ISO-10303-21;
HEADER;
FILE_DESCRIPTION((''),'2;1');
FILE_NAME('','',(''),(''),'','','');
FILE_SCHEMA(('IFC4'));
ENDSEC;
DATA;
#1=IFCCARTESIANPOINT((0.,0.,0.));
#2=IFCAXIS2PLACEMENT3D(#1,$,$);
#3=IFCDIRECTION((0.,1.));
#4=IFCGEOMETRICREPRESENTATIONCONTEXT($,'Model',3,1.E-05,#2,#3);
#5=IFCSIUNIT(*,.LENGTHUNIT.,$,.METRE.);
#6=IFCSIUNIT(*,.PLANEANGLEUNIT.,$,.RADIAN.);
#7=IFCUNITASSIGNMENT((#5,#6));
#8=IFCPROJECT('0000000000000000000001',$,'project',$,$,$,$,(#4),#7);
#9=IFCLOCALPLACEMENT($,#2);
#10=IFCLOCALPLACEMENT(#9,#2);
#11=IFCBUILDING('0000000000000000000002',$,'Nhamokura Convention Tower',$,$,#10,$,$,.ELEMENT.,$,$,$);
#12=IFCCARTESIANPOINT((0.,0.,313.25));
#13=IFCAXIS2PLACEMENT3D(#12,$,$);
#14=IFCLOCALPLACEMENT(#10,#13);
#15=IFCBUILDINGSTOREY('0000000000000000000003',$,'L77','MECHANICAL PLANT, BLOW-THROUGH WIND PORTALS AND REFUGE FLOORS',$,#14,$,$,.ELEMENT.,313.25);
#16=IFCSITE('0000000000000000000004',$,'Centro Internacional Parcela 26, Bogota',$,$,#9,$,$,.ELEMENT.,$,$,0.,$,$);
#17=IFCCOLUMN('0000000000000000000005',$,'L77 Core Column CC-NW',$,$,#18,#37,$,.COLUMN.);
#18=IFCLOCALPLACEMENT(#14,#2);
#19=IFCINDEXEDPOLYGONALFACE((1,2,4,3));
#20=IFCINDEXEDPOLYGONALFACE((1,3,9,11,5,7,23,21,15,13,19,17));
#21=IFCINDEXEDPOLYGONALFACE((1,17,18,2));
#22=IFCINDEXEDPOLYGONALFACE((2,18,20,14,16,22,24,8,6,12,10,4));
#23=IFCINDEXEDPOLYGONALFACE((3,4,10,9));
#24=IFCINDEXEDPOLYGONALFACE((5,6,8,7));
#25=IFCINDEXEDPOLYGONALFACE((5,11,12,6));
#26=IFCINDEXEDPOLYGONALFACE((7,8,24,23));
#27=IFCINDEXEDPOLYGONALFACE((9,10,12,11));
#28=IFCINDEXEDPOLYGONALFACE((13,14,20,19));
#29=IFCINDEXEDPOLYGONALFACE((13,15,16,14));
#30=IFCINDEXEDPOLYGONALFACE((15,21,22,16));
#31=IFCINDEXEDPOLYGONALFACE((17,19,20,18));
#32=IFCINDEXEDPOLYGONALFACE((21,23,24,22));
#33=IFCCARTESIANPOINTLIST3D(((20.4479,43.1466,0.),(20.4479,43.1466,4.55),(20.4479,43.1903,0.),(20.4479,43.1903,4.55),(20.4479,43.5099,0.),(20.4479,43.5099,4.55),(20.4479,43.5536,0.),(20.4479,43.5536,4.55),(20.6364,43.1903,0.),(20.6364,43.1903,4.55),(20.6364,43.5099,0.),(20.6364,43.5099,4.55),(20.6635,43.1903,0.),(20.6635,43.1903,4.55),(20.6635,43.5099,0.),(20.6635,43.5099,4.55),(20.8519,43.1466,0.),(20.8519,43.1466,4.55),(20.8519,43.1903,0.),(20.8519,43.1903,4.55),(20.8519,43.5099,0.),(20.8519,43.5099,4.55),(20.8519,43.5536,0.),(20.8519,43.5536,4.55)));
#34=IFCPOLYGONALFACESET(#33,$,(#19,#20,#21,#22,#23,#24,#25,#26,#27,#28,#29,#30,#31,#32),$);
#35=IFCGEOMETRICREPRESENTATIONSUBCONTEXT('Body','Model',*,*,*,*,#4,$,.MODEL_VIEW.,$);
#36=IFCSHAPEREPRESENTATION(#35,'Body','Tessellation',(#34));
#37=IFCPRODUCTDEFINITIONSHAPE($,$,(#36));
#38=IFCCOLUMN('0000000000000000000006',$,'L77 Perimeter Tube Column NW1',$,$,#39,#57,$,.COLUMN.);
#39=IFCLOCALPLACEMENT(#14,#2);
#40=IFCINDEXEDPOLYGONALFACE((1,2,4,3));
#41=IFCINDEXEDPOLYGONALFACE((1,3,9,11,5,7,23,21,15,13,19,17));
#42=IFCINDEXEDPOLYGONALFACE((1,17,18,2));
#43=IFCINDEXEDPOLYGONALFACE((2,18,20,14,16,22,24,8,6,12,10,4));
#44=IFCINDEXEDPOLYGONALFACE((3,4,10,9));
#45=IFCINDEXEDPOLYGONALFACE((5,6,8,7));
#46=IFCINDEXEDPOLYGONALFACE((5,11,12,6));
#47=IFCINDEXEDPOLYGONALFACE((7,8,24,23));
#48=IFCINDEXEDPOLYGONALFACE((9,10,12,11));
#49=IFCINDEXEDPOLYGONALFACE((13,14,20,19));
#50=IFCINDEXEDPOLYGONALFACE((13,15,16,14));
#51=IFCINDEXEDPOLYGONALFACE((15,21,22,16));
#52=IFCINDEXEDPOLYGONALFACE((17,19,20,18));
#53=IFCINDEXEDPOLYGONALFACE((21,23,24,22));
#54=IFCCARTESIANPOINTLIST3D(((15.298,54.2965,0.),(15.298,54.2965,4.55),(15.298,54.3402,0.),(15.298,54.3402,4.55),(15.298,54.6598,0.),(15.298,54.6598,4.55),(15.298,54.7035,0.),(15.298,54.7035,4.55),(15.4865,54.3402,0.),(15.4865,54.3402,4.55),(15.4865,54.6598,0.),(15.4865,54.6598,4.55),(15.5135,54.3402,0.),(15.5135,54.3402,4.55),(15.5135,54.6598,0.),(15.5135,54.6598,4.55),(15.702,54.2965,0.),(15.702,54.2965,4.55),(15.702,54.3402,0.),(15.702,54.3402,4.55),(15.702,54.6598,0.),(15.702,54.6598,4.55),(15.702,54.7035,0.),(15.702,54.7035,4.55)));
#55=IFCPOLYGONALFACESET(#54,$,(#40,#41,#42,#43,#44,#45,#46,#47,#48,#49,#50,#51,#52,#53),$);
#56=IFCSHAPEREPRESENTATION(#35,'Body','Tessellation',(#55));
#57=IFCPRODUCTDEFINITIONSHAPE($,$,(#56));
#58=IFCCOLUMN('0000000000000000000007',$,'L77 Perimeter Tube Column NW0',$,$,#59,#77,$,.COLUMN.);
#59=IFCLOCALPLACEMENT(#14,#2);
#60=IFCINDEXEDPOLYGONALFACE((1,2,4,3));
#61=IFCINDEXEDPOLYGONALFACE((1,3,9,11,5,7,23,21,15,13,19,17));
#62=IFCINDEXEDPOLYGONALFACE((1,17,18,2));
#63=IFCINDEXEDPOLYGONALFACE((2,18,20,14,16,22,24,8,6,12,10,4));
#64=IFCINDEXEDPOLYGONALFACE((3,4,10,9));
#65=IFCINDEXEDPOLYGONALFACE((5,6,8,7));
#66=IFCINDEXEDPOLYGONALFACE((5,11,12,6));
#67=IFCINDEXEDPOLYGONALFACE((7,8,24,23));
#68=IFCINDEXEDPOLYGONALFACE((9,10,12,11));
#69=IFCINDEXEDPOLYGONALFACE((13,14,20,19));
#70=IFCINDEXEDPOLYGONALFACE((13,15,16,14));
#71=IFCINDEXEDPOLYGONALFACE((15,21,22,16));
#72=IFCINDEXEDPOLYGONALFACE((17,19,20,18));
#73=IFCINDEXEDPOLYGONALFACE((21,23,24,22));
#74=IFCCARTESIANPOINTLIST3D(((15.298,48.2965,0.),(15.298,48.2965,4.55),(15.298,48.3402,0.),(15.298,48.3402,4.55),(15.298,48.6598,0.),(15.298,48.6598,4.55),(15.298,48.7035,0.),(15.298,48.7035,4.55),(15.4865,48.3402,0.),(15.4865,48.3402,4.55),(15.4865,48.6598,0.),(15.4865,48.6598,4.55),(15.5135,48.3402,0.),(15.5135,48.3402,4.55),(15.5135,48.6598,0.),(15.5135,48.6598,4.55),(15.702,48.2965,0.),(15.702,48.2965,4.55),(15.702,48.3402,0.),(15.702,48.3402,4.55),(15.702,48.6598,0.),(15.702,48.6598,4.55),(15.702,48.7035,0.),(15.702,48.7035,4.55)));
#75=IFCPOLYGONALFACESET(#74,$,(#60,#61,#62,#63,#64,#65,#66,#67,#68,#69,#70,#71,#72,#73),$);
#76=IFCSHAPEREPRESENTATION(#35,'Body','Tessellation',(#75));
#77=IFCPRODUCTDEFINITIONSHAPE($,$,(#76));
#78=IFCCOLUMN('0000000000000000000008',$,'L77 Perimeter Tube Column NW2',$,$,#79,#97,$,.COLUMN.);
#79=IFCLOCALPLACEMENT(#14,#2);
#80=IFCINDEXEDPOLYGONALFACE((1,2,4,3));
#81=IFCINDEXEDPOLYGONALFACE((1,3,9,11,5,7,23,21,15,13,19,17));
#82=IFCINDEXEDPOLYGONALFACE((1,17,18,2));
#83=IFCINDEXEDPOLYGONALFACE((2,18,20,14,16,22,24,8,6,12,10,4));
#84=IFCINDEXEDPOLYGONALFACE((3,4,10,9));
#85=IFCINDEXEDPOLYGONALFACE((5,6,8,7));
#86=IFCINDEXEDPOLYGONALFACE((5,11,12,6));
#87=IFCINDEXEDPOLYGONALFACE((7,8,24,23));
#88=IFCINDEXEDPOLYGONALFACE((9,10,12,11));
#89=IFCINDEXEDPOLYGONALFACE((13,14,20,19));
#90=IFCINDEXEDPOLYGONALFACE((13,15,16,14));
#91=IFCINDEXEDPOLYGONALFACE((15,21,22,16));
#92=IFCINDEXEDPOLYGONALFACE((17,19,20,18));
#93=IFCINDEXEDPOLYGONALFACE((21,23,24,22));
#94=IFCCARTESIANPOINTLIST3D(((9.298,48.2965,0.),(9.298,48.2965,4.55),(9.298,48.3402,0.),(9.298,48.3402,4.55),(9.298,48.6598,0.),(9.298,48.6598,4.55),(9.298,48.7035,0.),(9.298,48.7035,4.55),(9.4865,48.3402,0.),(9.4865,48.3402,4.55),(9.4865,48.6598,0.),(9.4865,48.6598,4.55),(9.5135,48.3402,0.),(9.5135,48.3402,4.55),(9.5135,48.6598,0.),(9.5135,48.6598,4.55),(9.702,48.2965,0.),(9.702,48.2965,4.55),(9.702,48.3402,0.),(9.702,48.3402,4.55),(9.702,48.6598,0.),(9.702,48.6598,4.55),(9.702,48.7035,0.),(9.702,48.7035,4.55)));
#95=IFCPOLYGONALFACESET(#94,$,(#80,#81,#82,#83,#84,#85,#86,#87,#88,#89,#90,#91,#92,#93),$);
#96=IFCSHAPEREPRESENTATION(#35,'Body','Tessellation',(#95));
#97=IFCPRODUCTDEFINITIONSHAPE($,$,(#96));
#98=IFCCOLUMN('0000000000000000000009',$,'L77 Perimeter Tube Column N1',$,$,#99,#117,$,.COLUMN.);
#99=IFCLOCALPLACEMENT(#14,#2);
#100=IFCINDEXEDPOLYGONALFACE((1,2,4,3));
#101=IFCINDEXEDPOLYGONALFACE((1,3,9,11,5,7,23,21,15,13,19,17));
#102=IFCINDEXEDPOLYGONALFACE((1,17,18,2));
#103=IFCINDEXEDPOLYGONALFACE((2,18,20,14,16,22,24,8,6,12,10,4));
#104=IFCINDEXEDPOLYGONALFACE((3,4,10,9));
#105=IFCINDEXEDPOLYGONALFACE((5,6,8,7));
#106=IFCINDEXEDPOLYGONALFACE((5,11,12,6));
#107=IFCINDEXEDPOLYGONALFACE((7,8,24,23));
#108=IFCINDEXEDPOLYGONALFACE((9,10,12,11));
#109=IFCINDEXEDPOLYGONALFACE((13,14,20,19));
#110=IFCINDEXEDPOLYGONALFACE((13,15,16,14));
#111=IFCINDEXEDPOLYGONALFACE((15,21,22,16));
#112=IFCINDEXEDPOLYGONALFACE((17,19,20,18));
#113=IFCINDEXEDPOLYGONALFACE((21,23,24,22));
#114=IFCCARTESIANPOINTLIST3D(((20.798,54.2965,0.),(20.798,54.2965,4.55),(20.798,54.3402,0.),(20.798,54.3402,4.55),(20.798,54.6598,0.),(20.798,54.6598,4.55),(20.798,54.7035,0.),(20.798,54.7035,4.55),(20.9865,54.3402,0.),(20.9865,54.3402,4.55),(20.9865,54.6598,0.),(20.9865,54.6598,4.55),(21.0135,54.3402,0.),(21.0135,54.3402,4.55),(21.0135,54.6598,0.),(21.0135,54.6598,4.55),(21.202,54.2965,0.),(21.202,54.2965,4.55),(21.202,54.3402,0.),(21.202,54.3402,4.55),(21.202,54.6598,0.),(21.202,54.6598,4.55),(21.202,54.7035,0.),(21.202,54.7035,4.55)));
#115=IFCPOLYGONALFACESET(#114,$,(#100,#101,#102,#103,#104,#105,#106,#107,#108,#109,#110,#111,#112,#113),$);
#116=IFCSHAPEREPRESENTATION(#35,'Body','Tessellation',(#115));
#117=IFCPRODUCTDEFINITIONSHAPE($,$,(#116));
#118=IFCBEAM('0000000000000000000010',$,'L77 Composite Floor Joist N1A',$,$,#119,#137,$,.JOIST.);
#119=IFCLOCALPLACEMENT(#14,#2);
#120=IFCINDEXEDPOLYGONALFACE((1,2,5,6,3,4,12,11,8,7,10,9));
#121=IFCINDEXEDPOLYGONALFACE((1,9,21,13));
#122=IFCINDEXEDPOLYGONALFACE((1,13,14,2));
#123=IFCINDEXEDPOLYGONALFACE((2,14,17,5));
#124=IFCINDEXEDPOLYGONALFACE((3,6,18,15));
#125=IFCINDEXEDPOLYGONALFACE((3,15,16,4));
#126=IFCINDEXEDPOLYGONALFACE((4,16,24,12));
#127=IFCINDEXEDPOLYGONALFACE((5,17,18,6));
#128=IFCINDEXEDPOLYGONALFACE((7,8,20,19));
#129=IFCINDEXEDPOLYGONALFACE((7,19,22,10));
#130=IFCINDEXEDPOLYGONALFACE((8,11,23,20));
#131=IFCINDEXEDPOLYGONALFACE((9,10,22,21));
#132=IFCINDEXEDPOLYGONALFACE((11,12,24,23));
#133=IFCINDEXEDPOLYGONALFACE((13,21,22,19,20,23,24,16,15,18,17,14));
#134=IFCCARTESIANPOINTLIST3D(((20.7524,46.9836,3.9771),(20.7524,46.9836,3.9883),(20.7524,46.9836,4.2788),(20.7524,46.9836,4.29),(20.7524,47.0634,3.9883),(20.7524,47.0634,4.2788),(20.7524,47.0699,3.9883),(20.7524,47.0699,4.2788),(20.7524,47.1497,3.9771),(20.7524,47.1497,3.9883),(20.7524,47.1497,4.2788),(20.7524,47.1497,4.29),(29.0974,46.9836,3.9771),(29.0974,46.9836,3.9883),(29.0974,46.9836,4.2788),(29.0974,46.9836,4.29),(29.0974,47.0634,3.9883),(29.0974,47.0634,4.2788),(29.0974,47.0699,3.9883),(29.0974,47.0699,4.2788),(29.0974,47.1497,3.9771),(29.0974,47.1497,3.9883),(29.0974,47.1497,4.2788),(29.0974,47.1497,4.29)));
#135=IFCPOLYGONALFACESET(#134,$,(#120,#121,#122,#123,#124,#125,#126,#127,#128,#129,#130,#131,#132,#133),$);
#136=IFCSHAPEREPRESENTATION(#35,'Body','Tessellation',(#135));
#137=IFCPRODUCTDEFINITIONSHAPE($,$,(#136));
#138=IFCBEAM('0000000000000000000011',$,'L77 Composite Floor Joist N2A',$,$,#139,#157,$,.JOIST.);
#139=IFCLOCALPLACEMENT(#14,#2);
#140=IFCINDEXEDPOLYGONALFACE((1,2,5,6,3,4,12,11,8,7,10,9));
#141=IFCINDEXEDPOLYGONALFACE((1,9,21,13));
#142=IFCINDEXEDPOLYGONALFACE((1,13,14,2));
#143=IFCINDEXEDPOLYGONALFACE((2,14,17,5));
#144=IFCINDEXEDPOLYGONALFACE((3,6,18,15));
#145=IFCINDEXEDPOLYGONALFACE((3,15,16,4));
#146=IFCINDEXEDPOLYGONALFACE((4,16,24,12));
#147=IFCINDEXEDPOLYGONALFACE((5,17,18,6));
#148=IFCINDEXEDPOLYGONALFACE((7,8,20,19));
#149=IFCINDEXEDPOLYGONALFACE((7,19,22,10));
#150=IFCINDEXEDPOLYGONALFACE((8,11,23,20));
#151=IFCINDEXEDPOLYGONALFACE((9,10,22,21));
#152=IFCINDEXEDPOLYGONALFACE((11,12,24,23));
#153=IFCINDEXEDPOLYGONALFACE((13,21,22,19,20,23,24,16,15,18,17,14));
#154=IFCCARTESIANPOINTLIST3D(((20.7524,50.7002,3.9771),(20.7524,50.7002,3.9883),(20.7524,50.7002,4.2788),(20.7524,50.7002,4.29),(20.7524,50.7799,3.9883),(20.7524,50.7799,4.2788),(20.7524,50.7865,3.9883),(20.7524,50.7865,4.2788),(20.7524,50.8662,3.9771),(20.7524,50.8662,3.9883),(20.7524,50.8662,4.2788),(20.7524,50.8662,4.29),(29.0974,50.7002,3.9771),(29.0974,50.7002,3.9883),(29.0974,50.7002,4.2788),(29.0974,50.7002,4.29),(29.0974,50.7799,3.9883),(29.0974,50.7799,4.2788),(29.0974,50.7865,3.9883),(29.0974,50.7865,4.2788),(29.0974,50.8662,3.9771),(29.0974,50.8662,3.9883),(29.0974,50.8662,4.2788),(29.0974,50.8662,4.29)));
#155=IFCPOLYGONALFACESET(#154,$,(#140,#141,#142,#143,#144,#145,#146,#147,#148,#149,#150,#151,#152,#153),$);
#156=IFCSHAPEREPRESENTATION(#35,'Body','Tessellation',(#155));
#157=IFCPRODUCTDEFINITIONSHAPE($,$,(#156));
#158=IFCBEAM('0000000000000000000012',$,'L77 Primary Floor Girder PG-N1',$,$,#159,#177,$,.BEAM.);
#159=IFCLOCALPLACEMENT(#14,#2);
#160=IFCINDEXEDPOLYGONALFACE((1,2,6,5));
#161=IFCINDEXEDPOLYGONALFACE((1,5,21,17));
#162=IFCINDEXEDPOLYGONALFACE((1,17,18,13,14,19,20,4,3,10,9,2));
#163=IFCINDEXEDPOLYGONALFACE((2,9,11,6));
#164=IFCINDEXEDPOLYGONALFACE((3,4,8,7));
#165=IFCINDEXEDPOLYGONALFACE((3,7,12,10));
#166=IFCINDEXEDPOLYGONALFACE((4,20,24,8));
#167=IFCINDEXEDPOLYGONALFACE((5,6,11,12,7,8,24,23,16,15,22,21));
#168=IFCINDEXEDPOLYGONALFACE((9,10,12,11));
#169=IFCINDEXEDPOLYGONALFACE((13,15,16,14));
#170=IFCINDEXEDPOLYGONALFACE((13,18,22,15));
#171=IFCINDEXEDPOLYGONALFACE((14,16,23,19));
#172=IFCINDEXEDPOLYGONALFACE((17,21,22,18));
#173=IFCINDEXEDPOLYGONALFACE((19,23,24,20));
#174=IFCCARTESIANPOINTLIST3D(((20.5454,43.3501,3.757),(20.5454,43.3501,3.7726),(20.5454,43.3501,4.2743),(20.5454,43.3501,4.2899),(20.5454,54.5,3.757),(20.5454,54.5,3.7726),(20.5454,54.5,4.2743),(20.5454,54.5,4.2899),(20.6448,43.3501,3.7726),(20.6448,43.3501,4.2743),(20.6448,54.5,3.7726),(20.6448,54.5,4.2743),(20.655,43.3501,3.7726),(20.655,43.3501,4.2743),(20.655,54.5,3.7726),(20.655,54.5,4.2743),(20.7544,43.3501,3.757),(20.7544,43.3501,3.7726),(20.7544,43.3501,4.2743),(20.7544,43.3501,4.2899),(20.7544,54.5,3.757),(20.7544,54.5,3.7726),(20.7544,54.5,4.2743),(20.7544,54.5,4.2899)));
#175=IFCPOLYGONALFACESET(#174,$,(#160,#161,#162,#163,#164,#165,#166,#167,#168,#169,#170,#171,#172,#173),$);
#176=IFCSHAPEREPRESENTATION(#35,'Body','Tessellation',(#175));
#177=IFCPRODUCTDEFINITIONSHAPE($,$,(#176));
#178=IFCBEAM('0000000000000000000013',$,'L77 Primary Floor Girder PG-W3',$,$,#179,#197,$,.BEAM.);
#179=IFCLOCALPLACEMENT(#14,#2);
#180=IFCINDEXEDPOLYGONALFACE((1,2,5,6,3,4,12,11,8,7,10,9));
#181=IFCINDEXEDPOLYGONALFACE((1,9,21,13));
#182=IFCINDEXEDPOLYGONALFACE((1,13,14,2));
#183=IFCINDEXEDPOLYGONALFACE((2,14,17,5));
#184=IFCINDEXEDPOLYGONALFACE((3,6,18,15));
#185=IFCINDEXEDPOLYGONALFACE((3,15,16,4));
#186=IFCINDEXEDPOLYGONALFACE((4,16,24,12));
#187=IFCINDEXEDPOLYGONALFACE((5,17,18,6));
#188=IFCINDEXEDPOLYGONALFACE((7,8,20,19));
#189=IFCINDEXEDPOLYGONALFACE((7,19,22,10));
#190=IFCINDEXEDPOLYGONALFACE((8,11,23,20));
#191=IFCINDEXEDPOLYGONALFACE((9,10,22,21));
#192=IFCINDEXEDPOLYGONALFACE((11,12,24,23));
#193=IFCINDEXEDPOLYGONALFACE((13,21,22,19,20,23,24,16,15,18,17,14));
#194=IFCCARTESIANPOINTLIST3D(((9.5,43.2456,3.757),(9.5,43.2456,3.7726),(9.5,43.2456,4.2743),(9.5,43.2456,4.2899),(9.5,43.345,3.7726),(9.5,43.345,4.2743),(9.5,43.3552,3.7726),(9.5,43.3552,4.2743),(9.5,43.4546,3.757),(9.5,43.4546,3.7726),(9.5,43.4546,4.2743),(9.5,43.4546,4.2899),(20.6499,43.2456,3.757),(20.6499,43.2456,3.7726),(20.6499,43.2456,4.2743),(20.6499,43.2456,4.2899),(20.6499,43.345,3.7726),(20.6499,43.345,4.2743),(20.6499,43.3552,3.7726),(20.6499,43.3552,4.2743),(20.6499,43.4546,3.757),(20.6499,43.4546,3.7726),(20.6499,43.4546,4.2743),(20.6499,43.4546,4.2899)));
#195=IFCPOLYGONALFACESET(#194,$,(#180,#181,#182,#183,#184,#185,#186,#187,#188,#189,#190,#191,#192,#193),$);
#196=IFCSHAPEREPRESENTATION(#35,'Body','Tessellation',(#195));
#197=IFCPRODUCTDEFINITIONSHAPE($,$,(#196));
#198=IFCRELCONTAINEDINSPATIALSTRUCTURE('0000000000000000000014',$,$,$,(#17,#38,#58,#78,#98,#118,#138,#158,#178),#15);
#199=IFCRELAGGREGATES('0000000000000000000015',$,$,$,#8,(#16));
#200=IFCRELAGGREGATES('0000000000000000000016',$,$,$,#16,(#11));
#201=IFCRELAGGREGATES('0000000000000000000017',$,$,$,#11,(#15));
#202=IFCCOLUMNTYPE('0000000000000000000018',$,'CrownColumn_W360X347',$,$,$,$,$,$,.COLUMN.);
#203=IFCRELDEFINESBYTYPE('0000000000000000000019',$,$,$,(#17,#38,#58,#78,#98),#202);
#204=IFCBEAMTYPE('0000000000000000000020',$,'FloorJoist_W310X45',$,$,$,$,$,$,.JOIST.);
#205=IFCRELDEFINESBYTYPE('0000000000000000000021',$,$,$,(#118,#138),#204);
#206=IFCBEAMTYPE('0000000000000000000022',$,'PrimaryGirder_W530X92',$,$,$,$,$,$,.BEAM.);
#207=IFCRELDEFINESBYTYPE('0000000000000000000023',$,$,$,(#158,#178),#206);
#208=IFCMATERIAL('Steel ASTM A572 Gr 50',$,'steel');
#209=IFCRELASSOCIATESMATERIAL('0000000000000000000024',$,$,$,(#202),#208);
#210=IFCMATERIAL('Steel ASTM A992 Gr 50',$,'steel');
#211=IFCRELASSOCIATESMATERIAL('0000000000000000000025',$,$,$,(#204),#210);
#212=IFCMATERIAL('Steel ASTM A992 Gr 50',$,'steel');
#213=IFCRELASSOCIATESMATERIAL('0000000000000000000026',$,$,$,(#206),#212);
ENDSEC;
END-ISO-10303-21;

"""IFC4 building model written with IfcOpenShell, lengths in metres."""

from ifc_helpers import new_model, si_unit, direction, frame, origin, origin_2d, place, context, subcontext, project, spatial, i_section, extrude, material, material_profile, profile_set, type_object, element, save


model = new_model("IFC4")

# Units and contexts
model_context = context("Model", 3, precision=1e-05, world=origin(), true_north=direction((0.0, 1.0)))
body_context = subcontext(model_context, "Body", "Model", "MODEL_VIEW")
ifc_project = project(units=[si_unit("LENGTHUNIT", "METRE"), si_unit("PLANEANGLEUNIT", "RADIAN")], contexts=[model_context])

# Site, building, storey
site_placement = place(None, origin())
site = spatial("IfcSite", under=ifc_project, at=site_placement, Name="Centro Internacional Parcela 26, Bogota", CompositionType="ELEMENT", RefElevation=0.0)
building_placement = place(site_placement, origin())
building = spatial("IfcBuilding", under=site, at=building_placement, Name="Nhamokura Convention Tower", CompositionType="ELEMENT")
storey_placement = place(building_placement, frame((0.0, 0.0, 313.25)))
storey = spatial("IfcBuildingStorey", under=building, at=storey_placement, Name="L77", Description="MECHANICAL PLANT, BLOW-THROUGH WIND PORTALS AND REFUGE FLOORS", CompositionType="ELEMENT", Elevation=313.25)

# Columns
ifc_material_1 = material(Name="Steel ASTM A572 Gr 50", Category="steel")
ifc_material_profile_1 = material_profile(ifc_material_1, i_section(OverallWidth=0.4041, OverallDepth=0.407, WebThickness=0.0271, FlangeThickness=0.0437, at=origin_2d()))
ifc_profile_set_1 = profile_set([ifc_material_profile_1], Name="Steel ASTM A572 Gr 50")
column_type = type_object("IfcColumnType", Name="CrownColumn_W360X347", PredefinedType="COLUMN", material=ifc_profile_set_1)
for number, where, z_axis, x_axis, name in (
    (1, (20.6499, 43.3501, 0.0), (0.0, 0.0, 1.0), (1.0, 0.0, 0.0), "L77 Core Column CC-NW"),
    (2, (15.5, 54.5, 0.0), (0.0, 0.0, 1.0), (1.0, 0.0, 0.0), "L77 Perimeter Tube Column NW1"),
    (3, (15.5, 48.5, 0.0), (0.0, 0.0, 1.0), (1.0, 0.0, 0.0), "L77 Perimeter Tube Column NW0"),
    (4, (9.5, 48.5, 0.0), (0.0, 0.0, 1.0), (1.0, 0.0, 0.0), "L77 Perimeter Tube Column NW2"),
    (5, (21.0, 54.5, 0.0), (0.0, 0.0, 1.0), (1.0, 0.0, 0.0), "L77 Perimeter Tube Column N1"),
):
    element("IfcColumn", number, at=place(storey_placement, frame(where, z_axis=z_axis, x_axis=x_axis)), inside=storey, type_object=column_type, Name=name, PredefinedType="COLUMN", context=body_context, shape_type="SweptSolid", body=[
        extrude(i_section(OverallWidth=0.4041, OverallDepth=0.407, WebThickness=0.0271, FlangeThickness=0.0437, at=origin_2d()), origin(), (0.0, 0.0, 1.0), 4.55),
    ])

# Beams
ifc_material_2 = material(Name="Steel ASTM A992 Gr 50", Category="steel")
ifc_material_profile_2 = material_profile(ifc_material_2, i_section(OverallWidth=0.166, OverallDepth=0.313, WebThickness=0.0066, FlangeThickness=0.0112, at=origin_2d()))
ifc_profile_set_2 = profile_set([ifc_material_profile_2], Name="Steel ASTM A992 Gr 50")
beam_type_1 = type_object("IfcBeamType", Name="FloorJoist_W310X45", PredefinedType="JOIST", material=ifc_profile_set_2)
for number, where, z_axis, x_axis, name in (
    (6, (20.7524, 47.0667, 4.1335), (1.0, 0.0, 0.0), (0.0, 1.0, 0.0), "L77 Composite Floor Joist N1A"),
    (7, (20.7524, 50.7832, 4.1335), (1.0, 0.0, 0.0), (0.0, 1.0, 0.0), "L77 Composite Floor Joist N2A"),
):
    element("IfcBeam", number, at=place(storey_placement, frame(where, z_axis=z_axis, x_axis=x_axis)), inside=storey, type_object=beam_type_1, Name=name, PredefinedType="JOIST", context=body_context, shape_type="SweptSolid", body=[
        extrude(i_section(OverallWidth=0.166, OverallDepth=0.313, WebThickness=0.0066, FlangeThickness=0.0112, at=origin_2d()), origin(), (0.0, 0.0, 1.0), 8.345),
    ])
ifc_material_3 = material(Name="Steel ASTM A992 Gr 50", Category="steel")
ifc_material_profile_3 = material_profile(ifc_material_3, i_section(OverallWidth=0.209, OverallDepth=0.533, WebThickness=0.0103, FlangeThickness=0.0156, at=origin_2d()))
ifc_profile_set_3 = profile_set([ifc_material_profile_3], Name="Steel ASTM A992 Gr 50")
beam_type_2 = type_object("IfcBeamType", Name="PrimaryGirder_W530X92", PredefinedType="BEAM", material=ifc_profile_set_3)
for number, where, z_axis, x_axis, name in (
    (8, (20.6499, 43.3501, 4.0234), (0.0, 1.0, 0.0), (-1.0, 0.0, 0.0), "L77 Primary Floor Girder PG-N1"),
    (9, (9.5, 43.3501, 4.0234), (1.0, 0.0, 0.0), (0.0, 1.0, 0.0), "L77 Primary Floor Girder PG-W3"),
):
    element("IfcBeam", number, at=place(storey_placement, frame(where, z_axis=z_axis, x_axis=x_axis)), inside=storey, type_object=beam_type_2, Name=name, PredefinedType="BEAM", context=body_context, shape_type="SweptSolid", body=[
        extrude(i_section(OverallWidth=0.209, OverallDepth=0.533, WebThickness=0.0103, FlangeThickness=0.0156, at=origin_2d()), origin(), (0.0, 0.0, 1.0), 11.1499),
    ])

save(model, "model.ifc")
